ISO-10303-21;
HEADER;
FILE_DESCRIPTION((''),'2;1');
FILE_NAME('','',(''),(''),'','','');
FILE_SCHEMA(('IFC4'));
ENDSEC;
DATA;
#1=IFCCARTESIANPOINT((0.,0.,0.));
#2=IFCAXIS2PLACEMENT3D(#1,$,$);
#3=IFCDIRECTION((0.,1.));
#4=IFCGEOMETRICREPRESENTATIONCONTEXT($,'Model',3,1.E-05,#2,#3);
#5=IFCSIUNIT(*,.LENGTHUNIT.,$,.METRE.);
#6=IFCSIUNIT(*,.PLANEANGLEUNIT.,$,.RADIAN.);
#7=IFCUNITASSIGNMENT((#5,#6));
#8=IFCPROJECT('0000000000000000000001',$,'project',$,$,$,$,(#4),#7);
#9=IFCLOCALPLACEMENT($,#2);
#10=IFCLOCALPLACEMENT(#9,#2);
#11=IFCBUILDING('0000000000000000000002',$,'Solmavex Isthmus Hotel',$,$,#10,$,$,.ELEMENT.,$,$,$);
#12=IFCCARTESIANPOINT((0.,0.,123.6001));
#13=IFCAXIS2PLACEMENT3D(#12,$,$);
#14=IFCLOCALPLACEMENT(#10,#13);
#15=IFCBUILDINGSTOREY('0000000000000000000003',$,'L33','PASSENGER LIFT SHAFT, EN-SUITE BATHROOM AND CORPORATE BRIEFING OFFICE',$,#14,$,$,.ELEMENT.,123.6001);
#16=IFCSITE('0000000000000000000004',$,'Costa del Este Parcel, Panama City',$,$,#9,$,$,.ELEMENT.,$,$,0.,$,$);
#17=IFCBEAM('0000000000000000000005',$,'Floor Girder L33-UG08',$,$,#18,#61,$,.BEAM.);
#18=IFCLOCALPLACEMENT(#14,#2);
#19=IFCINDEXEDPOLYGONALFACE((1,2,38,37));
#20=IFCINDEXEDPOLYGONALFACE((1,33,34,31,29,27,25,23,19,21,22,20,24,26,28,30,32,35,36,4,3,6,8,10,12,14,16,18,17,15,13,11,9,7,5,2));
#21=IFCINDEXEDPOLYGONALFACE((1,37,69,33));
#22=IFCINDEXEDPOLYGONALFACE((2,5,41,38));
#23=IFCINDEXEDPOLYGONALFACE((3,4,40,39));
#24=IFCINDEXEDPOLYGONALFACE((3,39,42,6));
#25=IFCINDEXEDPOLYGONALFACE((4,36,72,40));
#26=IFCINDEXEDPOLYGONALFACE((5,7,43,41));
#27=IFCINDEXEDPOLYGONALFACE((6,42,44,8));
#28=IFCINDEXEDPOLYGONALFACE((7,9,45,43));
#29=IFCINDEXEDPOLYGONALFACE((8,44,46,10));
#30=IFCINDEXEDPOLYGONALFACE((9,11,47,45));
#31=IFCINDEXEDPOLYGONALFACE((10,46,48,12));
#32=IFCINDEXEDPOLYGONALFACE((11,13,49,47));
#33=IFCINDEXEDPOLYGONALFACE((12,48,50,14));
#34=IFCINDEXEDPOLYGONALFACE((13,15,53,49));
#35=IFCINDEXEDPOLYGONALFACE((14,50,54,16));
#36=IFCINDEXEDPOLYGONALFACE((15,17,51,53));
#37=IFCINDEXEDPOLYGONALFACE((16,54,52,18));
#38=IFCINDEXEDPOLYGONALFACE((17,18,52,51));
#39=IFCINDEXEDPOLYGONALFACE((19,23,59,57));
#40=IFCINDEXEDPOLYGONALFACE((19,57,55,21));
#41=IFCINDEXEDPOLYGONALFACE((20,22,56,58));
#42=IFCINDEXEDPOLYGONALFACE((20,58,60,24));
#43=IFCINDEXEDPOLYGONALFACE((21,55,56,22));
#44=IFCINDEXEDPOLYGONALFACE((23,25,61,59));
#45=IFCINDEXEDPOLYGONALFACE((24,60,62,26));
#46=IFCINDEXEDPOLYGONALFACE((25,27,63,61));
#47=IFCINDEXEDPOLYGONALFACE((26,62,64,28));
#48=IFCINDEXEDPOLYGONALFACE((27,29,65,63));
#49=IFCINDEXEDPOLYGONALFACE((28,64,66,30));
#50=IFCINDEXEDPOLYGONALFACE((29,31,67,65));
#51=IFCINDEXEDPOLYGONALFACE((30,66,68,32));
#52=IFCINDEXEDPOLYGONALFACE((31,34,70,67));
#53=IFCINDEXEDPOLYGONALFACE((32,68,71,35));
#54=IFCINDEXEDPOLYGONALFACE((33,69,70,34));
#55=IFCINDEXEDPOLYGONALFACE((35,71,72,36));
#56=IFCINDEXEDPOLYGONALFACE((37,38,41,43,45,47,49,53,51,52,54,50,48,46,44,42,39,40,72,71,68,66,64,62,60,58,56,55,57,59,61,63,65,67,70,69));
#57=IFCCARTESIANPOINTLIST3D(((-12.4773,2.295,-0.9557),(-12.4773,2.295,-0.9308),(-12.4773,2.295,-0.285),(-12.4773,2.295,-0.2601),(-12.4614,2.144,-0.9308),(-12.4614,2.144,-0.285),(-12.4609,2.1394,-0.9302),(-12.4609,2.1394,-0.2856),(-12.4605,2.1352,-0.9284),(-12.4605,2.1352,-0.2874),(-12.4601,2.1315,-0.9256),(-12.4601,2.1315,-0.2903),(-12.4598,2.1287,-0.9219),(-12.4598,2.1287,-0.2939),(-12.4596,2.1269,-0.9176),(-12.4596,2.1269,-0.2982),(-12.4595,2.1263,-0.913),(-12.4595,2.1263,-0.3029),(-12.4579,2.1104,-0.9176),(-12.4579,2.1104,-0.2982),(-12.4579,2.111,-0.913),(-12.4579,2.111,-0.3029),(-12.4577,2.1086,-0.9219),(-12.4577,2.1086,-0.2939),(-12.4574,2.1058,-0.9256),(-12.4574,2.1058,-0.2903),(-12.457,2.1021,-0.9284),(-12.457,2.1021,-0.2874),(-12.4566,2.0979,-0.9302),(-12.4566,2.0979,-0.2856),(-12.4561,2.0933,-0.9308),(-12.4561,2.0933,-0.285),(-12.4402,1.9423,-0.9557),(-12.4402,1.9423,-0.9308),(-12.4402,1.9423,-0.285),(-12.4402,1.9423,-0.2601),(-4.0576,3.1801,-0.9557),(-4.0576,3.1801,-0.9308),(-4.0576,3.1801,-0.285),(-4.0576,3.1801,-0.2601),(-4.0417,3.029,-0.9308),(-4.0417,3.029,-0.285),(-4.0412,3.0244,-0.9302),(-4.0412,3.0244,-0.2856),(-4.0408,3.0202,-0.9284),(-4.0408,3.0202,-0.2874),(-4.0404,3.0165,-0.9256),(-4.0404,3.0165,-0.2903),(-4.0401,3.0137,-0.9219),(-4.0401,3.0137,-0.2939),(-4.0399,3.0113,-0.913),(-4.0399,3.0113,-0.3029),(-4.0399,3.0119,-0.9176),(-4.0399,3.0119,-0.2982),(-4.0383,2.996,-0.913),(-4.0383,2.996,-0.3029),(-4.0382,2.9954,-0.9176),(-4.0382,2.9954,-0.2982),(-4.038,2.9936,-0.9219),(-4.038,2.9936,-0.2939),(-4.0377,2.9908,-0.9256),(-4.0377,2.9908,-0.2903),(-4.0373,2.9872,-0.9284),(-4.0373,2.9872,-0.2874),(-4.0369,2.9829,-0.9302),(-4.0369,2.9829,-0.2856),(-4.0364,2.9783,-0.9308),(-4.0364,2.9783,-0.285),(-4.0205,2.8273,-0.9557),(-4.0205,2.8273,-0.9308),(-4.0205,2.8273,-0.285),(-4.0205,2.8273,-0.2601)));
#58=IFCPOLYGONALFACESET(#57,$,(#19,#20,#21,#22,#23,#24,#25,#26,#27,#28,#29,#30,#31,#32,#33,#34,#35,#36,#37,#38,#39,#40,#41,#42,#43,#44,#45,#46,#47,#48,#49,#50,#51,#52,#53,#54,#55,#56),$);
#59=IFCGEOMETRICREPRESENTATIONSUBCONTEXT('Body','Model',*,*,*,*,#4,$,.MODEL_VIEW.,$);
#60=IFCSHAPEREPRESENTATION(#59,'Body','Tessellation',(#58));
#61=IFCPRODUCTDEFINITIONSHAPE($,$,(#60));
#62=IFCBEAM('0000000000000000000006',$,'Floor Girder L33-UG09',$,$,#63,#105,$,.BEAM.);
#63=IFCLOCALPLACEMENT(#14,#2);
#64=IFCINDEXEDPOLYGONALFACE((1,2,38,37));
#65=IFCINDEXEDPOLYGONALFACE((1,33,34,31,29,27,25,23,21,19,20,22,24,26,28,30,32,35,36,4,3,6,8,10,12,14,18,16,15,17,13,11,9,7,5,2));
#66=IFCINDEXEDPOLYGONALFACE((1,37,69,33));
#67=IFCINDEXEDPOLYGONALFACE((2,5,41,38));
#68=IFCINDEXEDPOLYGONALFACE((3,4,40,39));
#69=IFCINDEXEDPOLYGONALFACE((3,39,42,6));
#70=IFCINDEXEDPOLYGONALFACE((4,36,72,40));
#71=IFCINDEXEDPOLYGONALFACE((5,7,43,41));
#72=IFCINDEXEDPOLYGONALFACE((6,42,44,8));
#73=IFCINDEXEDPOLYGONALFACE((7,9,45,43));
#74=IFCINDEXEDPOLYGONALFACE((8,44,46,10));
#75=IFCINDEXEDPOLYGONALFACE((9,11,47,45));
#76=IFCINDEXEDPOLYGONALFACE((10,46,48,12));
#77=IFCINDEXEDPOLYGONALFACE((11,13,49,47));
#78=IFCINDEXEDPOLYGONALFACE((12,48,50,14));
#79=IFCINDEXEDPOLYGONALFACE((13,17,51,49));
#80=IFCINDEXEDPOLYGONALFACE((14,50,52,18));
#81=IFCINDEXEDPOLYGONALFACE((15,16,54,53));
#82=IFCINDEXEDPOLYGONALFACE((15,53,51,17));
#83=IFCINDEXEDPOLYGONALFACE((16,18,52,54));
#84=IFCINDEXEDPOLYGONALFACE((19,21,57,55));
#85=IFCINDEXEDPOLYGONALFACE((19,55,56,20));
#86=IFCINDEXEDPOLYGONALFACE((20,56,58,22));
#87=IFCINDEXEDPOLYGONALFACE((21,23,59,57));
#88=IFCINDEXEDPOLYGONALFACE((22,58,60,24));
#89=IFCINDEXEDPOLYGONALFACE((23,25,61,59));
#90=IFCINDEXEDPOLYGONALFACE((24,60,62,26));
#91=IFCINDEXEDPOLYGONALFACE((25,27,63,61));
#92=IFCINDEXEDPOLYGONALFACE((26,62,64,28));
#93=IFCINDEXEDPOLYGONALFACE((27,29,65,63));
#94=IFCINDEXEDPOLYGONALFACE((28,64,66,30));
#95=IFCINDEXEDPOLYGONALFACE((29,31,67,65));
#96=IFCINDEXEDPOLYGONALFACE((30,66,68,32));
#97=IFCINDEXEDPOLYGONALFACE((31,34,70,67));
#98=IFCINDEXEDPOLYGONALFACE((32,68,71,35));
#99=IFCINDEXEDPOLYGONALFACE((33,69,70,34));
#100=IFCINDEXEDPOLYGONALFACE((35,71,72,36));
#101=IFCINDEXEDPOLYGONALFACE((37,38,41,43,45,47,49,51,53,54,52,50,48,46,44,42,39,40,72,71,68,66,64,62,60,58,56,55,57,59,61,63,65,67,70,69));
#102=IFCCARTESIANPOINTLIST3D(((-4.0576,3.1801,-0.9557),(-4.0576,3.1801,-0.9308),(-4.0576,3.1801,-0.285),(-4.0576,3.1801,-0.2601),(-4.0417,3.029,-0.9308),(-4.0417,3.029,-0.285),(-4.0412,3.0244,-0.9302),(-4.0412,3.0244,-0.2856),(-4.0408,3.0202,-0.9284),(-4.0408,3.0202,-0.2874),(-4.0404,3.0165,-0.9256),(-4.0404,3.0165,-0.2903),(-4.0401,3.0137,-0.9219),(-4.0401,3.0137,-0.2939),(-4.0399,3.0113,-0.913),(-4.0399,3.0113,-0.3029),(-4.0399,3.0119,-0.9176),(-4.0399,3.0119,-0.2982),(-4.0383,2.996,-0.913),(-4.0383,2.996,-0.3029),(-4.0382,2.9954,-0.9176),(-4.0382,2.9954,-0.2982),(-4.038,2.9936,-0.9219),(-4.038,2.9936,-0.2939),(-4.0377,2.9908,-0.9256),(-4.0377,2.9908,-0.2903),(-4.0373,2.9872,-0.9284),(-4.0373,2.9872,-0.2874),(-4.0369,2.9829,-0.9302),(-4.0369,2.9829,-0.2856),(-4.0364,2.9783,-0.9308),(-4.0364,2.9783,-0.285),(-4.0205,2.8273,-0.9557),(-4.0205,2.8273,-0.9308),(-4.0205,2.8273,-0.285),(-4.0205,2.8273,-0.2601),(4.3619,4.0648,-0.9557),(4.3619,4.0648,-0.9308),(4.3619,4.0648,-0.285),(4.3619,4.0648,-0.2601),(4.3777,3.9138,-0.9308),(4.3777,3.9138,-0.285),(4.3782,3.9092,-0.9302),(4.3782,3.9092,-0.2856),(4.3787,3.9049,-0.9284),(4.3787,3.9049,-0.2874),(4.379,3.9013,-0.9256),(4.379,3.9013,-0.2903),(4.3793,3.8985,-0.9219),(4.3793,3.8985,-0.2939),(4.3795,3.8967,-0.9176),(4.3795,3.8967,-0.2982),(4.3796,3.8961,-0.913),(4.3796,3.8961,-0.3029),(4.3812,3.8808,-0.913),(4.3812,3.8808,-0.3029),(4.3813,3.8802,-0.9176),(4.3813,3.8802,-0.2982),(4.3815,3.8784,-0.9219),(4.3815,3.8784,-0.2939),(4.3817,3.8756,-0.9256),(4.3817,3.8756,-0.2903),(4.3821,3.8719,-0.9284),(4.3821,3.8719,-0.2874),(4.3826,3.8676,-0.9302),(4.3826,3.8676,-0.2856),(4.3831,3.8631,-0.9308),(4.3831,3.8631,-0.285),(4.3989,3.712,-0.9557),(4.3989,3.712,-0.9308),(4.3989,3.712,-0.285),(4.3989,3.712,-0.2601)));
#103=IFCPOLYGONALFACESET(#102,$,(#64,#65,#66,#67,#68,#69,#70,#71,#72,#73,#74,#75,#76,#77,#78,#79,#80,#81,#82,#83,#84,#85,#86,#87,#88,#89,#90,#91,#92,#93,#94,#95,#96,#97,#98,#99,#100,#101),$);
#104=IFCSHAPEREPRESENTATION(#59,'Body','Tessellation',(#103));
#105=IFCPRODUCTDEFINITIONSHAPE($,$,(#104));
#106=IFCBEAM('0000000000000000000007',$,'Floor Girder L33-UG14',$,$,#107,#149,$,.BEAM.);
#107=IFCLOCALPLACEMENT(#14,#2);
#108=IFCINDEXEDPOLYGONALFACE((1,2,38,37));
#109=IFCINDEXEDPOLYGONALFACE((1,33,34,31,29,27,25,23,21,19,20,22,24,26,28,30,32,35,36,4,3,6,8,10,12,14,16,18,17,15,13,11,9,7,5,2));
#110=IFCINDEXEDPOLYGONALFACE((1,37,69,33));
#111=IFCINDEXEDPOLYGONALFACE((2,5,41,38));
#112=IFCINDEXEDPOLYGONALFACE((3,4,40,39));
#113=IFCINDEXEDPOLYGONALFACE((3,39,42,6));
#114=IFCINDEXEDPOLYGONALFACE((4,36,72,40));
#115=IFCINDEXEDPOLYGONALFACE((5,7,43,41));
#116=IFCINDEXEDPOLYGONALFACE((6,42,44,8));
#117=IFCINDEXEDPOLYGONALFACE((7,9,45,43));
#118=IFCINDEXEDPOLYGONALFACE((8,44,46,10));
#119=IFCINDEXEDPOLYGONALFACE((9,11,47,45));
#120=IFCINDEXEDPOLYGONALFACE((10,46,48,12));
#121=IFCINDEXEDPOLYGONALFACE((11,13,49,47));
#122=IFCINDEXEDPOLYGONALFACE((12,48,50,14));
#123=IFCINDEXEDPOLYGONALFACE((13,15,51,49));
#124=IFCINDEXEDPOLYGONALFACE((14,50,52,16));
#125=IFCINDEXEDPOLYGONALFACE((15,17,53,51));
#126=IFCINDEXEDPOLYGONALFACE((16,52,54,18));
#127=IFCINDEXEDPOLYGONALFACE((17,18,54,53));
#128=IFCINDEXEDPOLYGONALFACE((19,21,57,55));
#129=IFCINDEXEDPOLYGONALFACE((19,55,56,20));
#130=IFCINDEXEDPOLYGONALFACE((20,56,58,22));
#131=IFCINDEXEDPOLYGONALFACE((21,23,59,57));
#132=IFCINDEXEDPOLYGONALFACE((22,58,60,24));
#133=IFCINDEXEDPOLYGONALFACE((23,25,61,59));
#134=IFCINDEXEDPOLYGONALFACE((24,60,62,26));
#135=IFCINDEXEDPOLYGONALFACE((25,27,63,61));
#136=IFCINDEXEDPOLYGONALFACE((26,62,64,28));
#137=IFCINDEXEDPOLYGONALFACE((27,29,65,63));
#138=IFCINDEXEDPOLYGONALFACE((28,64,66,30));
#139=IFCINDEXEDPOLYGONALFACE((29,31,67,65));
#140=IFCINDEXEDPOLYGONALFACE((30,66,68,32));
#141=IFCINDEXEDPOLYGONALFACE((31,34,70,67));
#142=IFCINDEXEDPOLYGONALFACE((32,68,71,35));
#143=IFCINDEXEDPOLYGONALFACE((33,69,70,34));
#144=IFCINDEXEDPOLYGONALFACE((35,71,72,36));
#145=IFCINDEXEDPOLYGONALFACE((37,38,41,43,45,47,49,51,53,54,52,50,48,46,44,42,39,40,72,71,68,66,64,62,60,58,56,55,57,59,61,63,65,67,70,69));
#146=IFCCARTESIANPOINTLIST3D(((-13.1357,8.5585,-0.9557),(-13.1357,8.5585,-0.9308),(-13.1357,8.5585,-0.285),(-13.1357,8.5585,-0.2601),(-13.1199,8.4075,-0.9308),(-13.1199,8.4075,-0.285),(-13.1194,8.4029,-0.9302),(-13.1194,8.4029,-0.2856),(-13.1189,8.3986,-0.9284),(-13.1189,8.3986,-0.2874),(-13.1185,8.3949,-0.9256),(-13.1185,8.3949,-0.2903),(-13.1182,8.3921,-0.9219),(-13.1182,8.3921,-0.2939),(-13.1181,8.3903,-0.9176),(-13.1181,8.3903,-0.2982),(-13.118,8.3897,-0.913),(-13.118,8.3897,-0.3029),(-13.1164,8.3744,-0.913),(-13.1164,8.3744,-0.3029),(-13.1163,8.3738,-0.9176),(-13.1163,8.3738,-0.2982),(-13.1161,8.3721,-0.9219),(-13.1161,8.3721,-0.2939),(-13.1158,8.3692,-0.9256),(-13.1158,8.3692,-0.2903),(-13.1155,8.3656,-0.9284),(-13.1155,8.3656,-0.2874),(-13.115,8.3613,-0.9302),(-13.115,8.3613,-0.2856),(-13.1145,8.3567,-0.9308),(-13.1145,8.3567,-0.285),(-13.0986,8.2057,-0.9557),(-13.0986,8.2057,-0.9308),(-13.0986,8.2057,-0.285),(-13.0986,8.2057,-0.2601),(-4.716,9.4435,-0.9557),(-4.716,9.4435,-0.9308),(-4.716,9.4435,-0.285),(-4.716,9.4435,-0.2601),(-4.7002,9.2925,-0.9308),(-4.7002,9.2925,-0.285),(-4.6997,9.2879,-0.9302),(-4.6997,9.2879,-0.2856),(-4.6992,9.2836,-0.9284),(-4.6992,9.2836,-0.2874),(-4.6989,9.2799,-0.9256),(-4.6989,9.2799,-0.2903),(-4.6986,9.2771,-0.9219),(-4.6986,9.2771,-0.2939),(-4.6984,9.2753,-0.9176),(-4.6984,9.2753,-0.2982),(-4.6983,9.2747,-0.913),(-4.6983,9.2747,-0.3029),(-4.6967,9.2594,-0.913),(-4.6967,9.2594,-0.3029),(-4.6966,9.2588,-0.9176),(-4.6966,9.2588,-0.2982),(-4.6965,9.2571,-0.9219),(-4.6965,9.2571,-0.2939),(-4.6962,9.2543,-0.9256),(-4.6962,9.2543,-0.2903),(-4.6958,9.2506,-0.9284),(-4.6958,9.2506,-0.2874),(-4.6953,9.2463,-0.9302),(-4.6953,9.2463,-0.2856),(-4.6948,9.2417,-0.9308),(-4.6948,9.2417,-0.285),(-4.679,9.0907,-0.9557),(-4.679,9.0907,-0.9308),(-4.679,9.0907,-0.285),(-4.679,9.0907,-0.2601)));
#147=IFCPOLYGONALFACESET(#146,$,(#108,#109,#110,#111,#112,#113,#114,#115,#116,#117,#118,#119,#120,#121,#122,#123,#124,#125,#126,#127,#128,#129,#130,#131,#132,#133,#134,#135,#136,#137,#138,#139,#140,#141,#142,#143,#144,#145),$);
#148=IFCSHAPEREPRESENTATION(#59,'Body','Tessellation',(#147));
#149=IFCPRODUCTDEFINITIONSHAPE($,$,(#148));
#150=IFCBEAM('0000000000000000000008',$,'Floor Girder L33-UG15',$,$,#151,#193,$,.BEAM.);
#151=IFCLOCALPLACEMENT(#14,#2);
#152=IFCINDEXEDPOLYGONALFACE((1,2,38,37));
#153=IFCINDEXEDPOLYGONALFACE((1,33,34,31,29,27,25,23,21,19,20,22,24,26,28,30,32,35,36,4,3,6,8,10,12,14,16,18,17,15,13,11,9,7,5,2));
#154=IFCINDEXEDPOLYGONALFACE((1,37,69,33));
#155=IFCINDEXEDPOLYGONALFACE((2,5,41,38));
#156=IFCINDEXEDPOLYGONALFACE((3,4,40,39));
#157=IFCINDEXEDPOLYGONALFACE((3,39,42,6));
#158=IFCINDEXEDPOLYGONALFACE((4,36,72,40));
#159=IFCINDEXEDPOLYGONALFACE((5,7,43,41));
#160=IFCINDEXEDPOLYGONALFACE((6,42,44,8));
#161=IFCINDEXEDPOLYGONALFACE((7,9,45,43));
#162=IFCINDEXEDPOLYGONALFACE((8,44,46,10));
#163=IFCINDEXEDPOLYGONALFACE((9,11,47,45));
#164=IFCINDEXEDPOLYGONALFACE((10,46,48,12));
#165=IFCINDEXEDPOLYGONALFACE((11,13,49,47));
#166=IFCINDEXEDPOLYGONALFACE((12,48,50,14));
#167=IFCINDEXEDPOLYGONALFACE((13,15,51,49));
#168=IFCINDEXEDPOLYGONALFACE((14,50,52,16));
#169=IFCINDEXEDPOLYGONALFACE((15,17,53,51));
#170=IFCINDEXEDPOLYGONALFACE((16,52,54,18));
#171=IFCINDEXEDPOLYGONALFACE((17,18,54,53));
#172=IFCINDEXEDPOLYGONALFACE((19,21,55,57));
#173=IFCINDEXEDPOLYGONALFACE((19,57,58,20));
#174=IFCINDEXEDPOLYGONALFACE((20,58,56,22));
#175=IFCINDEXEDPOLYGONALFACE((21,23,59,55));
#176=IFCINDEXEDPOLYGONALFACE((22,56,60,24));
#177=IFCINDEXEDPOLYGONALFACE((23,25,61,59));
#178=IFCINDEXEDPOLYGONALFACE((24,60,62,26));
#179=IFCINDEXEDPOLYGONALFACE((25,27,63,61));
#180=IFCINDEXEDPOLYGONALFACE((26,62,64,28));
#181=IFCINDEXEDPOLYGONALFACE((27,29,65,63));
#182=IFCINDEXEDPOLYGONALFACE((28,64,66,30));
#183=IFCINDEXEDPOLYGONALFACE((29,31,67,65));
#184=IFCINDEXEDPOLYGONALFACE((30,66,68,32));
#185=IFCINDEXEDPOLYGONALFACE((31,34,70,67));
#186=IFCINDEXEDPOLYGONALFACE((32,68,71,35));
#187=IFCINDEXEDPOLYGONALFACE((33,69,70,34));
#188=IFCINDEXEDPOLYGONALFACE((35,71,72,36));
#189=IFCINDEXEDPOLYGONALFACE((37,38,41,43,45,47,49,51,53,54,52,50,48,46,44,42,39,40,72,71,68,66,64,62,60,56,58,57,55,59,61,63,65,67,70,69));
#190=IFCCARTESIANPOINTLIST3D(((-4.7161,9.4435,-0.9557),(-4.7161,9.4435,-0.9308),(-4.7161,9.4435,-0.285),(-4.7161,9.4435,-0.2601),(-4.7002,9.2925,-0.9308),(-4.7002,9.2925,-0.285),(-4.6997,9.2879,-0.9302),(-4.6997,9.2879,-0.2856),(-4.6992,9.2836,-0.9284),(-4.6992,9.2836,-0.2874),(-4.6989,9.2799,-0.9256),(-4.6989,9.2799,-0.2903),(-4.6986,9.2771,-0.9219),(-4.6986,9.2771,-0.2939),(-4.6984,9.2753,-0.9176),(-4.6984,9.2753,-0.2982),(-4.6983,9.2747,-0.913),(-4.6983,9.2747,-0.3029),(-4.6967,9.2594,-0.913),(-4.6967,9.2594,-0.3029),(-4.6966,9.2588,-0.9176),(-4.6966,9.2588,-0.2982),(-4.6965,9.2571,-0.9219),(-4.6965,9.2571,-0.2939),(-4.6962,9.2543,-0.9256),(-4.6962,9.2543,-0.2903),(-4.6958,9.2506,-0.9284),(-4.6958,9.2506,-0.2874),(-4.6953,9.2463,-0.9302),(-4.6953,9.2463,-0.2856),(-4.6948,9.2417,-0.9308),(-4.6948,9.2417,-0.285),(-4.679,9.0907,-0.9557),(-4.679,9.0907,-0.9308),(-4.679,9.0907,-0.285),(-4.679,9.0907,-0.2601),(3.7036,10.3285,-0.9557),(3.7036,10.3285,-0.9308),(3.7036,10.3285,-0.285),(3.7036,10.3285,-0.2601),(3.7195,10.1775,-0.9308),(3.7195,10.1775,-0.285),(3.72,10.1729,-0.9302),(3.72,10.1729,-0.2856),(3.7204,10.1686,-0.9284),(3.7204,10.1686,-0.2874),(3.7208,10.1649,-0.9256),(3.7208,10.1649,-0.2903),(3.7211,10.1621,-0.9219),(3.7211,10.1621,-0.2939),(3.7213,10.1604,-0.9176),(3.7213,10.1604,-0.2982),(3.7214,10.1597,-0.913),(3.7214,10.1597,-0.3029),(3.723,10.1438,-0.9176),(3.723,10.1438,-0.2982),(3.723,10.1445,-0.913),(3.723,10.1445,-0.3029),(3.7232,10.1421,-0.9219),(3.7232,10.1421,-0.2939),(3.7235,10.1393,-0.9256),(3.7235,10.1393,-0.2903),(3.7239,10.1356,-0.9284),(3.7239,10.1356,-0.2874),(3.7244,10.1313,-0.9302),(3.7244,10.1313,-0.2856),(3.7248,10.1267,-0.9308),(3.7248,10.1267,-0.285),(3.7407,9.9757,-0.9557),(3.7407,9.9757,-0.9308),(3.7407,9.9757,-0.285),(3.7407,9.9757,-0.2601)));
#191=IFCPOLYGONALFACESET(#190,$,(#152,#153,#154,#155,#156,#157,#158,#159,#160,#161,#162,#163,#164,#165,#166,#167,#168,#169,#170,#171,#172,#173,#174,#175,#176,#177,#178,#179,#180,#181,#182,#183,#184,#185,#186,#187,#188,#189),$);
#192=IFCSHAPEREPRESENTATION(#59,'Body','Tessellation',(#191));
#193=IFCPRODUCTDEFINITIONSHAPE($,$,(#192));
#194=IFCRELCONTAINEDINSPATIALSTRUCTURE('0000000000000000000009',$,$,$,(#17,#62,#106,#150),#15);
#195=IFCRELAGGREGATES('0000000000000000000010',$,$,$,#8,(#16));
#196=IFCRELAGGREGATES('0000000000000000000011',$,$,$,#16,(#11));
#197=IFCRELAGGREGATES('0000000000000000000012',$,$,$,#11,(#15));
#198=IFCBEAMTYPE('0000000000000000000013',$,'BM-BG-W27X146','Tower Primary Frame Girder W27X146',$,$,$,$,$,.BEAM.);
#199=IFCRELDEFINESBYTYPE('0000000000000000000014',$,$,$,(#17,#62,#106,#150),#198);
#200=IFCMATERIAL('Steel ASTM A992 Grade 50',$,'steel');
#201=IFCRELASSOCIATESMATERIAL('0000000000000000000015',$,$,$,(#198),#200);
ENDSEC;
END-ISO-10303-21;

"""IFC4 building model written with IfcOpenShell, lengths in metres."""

from ifc_helpers import new_model, si_unit, direction, frame, origin, origin_2d, place, context, subcontext, project, spatial, i_section, extrude, material, material_profile, profile_set, type_object, element, save


model = new_model("IFC4")

# Units and contexts
model_context = context("Model", 3, precision=1e-05, world=origin(), true_north=direction((0.0, 1.0)))
body_context = subcontext(model_context, "Body", "Model", "MODEL_VIEW")
ifc_project = project(units=[si_unit("LENGTHUNIT", "METRE"), si_unit("PLANEANGLEUNIT", "RADIAN")], contexts=[model_context])

# Site, building, storey
site_placement = place(None, origin())
site = spatial("IfcSite", under=ifc_project, at=site_placement, Name="Costa del Este Parcel, Panama City", CompositionType="ELEMENT", RefElevation=0.0)
building_placement = place(site_placement, origin())
building = spatial("IfcBuilding", under=site, at=building_placement, Name="Solmavex Isthmus Hotel", CompositionType="ELEMENT")
storey_placement = place(building_placement, frame((0.0, 0.0, 123.6001)))
storey = spatial("IfcBuildingStorey", under=building, at=storey_placement, Name="L33", Description="PASSENGER LIFT SHAFT, EN-SUITE BATHROOM AND CORPORATE BRIEFING OFFICE", CompositionType="ELEMENT", Elevation=123.6001)

# Beams
ifc_material_1 = material(Name="Steel ASTM A992 Grade 50", Category="steel")
ifc_material_profile_1 = material_profile(ifc_material_1, i_section(OverallWidth=0.3547, OverallDepth=0.6956, WebThickness=0.0154, FlangeThickness=0.0249, FilletRadius=0.0178, at=origin_2d()), Name="W27X146")
ifc_profile_set_1 = profile_set([ifc_material_profile_1], Name="Steel ASTM A992 Grade 50")
beam_type_1 = type_object("IfcBeamType", Name="BM-BG-W27X146", Description="Tower Primary Frame Girder W27X146", PredefinedType="BEAM", material=ifc_profile_set_1)
beam_1_placement = place(storey_placement, frame((-12.4587, 2.1187, -0.6079), z_axis=(0.994521, 0.104536, 0.0), x_axis=(-0.104536, 0.994521, 0.0)))
element("IfcBeam", 1, at=beam_1_placement, inside=storey, type_object=beam_type_1, Name="Floor Girder L33-UG08", PredefinedType="BEAM", context=body_context, shape_type="SweptSolid", body=[
    extrude(i_section(OverallWidth=0.3547, OverallDepth=0.6956, WebThickness=0.0154, FlangeThickness=0.0249, FilletRadius=0.0178, at=origin_2d()), origin(), (0.0, 0.0, 1.0), 8.4661),
])
beam_2_placement = place(storey_placement, frame((-4.0391, 3.0037, -0.6079), z_axis=(0.994524, 0.104511, 0.0), x_axis=(-0.104511, 0.994524, 0.0)))
element("IfcBeam", 2, at=beam_2_placement, inside=storey, type_object=beam_type_1, Name="Floor Girder L33-UG09", PredefinedType="BEAM", context=body_context, shape_type="SweptSolid", body=[
    extrude(i_section(OverallWidth=0.3547, OverallDepth=0.6956, WebThickness=0.0154, FlangeThickness=0.0249, FilletRadius=0.0178, at=origin_2d()), origin(), (0.0, 0.0, 1.0), 8.4658),
])
for number, where, z_axis, x_axis, name in (
    (3, (-13.1172, 8.3821, -0.6079), (0.994521, 0.104536, 0.0), (-0.104536, 0.994521, 0.0), "Floor Girder L33-UG14"),
    (4, (-4.6975, 9.2671, -0.6079), (0.994521, 0.104536, 0.0), (-0.104536, 0.994521, 0.0), "Floor Girder L33-UG15"),
):
    element("IfcBeam", number, at=place(storey_placement, frame(where, z_axis=z_axis, x_axis=x_axis)), inside=storey, type_object=beam_type_1, Name=name, PredefinedType="BEAM", context=body_context, shape_type="SweptSolid", body=[
        extrude(i_section(OverallWidth=0.3547, OverallDepth=0.6956, WebThickness=0.0154, FlangeThickness=0.0249, FilletRadius=0.0178, at=origin_2d()), origin(), (0.0, 0.0, 1.0), 8.4661),
    ])

save(model, "model.ifc")
